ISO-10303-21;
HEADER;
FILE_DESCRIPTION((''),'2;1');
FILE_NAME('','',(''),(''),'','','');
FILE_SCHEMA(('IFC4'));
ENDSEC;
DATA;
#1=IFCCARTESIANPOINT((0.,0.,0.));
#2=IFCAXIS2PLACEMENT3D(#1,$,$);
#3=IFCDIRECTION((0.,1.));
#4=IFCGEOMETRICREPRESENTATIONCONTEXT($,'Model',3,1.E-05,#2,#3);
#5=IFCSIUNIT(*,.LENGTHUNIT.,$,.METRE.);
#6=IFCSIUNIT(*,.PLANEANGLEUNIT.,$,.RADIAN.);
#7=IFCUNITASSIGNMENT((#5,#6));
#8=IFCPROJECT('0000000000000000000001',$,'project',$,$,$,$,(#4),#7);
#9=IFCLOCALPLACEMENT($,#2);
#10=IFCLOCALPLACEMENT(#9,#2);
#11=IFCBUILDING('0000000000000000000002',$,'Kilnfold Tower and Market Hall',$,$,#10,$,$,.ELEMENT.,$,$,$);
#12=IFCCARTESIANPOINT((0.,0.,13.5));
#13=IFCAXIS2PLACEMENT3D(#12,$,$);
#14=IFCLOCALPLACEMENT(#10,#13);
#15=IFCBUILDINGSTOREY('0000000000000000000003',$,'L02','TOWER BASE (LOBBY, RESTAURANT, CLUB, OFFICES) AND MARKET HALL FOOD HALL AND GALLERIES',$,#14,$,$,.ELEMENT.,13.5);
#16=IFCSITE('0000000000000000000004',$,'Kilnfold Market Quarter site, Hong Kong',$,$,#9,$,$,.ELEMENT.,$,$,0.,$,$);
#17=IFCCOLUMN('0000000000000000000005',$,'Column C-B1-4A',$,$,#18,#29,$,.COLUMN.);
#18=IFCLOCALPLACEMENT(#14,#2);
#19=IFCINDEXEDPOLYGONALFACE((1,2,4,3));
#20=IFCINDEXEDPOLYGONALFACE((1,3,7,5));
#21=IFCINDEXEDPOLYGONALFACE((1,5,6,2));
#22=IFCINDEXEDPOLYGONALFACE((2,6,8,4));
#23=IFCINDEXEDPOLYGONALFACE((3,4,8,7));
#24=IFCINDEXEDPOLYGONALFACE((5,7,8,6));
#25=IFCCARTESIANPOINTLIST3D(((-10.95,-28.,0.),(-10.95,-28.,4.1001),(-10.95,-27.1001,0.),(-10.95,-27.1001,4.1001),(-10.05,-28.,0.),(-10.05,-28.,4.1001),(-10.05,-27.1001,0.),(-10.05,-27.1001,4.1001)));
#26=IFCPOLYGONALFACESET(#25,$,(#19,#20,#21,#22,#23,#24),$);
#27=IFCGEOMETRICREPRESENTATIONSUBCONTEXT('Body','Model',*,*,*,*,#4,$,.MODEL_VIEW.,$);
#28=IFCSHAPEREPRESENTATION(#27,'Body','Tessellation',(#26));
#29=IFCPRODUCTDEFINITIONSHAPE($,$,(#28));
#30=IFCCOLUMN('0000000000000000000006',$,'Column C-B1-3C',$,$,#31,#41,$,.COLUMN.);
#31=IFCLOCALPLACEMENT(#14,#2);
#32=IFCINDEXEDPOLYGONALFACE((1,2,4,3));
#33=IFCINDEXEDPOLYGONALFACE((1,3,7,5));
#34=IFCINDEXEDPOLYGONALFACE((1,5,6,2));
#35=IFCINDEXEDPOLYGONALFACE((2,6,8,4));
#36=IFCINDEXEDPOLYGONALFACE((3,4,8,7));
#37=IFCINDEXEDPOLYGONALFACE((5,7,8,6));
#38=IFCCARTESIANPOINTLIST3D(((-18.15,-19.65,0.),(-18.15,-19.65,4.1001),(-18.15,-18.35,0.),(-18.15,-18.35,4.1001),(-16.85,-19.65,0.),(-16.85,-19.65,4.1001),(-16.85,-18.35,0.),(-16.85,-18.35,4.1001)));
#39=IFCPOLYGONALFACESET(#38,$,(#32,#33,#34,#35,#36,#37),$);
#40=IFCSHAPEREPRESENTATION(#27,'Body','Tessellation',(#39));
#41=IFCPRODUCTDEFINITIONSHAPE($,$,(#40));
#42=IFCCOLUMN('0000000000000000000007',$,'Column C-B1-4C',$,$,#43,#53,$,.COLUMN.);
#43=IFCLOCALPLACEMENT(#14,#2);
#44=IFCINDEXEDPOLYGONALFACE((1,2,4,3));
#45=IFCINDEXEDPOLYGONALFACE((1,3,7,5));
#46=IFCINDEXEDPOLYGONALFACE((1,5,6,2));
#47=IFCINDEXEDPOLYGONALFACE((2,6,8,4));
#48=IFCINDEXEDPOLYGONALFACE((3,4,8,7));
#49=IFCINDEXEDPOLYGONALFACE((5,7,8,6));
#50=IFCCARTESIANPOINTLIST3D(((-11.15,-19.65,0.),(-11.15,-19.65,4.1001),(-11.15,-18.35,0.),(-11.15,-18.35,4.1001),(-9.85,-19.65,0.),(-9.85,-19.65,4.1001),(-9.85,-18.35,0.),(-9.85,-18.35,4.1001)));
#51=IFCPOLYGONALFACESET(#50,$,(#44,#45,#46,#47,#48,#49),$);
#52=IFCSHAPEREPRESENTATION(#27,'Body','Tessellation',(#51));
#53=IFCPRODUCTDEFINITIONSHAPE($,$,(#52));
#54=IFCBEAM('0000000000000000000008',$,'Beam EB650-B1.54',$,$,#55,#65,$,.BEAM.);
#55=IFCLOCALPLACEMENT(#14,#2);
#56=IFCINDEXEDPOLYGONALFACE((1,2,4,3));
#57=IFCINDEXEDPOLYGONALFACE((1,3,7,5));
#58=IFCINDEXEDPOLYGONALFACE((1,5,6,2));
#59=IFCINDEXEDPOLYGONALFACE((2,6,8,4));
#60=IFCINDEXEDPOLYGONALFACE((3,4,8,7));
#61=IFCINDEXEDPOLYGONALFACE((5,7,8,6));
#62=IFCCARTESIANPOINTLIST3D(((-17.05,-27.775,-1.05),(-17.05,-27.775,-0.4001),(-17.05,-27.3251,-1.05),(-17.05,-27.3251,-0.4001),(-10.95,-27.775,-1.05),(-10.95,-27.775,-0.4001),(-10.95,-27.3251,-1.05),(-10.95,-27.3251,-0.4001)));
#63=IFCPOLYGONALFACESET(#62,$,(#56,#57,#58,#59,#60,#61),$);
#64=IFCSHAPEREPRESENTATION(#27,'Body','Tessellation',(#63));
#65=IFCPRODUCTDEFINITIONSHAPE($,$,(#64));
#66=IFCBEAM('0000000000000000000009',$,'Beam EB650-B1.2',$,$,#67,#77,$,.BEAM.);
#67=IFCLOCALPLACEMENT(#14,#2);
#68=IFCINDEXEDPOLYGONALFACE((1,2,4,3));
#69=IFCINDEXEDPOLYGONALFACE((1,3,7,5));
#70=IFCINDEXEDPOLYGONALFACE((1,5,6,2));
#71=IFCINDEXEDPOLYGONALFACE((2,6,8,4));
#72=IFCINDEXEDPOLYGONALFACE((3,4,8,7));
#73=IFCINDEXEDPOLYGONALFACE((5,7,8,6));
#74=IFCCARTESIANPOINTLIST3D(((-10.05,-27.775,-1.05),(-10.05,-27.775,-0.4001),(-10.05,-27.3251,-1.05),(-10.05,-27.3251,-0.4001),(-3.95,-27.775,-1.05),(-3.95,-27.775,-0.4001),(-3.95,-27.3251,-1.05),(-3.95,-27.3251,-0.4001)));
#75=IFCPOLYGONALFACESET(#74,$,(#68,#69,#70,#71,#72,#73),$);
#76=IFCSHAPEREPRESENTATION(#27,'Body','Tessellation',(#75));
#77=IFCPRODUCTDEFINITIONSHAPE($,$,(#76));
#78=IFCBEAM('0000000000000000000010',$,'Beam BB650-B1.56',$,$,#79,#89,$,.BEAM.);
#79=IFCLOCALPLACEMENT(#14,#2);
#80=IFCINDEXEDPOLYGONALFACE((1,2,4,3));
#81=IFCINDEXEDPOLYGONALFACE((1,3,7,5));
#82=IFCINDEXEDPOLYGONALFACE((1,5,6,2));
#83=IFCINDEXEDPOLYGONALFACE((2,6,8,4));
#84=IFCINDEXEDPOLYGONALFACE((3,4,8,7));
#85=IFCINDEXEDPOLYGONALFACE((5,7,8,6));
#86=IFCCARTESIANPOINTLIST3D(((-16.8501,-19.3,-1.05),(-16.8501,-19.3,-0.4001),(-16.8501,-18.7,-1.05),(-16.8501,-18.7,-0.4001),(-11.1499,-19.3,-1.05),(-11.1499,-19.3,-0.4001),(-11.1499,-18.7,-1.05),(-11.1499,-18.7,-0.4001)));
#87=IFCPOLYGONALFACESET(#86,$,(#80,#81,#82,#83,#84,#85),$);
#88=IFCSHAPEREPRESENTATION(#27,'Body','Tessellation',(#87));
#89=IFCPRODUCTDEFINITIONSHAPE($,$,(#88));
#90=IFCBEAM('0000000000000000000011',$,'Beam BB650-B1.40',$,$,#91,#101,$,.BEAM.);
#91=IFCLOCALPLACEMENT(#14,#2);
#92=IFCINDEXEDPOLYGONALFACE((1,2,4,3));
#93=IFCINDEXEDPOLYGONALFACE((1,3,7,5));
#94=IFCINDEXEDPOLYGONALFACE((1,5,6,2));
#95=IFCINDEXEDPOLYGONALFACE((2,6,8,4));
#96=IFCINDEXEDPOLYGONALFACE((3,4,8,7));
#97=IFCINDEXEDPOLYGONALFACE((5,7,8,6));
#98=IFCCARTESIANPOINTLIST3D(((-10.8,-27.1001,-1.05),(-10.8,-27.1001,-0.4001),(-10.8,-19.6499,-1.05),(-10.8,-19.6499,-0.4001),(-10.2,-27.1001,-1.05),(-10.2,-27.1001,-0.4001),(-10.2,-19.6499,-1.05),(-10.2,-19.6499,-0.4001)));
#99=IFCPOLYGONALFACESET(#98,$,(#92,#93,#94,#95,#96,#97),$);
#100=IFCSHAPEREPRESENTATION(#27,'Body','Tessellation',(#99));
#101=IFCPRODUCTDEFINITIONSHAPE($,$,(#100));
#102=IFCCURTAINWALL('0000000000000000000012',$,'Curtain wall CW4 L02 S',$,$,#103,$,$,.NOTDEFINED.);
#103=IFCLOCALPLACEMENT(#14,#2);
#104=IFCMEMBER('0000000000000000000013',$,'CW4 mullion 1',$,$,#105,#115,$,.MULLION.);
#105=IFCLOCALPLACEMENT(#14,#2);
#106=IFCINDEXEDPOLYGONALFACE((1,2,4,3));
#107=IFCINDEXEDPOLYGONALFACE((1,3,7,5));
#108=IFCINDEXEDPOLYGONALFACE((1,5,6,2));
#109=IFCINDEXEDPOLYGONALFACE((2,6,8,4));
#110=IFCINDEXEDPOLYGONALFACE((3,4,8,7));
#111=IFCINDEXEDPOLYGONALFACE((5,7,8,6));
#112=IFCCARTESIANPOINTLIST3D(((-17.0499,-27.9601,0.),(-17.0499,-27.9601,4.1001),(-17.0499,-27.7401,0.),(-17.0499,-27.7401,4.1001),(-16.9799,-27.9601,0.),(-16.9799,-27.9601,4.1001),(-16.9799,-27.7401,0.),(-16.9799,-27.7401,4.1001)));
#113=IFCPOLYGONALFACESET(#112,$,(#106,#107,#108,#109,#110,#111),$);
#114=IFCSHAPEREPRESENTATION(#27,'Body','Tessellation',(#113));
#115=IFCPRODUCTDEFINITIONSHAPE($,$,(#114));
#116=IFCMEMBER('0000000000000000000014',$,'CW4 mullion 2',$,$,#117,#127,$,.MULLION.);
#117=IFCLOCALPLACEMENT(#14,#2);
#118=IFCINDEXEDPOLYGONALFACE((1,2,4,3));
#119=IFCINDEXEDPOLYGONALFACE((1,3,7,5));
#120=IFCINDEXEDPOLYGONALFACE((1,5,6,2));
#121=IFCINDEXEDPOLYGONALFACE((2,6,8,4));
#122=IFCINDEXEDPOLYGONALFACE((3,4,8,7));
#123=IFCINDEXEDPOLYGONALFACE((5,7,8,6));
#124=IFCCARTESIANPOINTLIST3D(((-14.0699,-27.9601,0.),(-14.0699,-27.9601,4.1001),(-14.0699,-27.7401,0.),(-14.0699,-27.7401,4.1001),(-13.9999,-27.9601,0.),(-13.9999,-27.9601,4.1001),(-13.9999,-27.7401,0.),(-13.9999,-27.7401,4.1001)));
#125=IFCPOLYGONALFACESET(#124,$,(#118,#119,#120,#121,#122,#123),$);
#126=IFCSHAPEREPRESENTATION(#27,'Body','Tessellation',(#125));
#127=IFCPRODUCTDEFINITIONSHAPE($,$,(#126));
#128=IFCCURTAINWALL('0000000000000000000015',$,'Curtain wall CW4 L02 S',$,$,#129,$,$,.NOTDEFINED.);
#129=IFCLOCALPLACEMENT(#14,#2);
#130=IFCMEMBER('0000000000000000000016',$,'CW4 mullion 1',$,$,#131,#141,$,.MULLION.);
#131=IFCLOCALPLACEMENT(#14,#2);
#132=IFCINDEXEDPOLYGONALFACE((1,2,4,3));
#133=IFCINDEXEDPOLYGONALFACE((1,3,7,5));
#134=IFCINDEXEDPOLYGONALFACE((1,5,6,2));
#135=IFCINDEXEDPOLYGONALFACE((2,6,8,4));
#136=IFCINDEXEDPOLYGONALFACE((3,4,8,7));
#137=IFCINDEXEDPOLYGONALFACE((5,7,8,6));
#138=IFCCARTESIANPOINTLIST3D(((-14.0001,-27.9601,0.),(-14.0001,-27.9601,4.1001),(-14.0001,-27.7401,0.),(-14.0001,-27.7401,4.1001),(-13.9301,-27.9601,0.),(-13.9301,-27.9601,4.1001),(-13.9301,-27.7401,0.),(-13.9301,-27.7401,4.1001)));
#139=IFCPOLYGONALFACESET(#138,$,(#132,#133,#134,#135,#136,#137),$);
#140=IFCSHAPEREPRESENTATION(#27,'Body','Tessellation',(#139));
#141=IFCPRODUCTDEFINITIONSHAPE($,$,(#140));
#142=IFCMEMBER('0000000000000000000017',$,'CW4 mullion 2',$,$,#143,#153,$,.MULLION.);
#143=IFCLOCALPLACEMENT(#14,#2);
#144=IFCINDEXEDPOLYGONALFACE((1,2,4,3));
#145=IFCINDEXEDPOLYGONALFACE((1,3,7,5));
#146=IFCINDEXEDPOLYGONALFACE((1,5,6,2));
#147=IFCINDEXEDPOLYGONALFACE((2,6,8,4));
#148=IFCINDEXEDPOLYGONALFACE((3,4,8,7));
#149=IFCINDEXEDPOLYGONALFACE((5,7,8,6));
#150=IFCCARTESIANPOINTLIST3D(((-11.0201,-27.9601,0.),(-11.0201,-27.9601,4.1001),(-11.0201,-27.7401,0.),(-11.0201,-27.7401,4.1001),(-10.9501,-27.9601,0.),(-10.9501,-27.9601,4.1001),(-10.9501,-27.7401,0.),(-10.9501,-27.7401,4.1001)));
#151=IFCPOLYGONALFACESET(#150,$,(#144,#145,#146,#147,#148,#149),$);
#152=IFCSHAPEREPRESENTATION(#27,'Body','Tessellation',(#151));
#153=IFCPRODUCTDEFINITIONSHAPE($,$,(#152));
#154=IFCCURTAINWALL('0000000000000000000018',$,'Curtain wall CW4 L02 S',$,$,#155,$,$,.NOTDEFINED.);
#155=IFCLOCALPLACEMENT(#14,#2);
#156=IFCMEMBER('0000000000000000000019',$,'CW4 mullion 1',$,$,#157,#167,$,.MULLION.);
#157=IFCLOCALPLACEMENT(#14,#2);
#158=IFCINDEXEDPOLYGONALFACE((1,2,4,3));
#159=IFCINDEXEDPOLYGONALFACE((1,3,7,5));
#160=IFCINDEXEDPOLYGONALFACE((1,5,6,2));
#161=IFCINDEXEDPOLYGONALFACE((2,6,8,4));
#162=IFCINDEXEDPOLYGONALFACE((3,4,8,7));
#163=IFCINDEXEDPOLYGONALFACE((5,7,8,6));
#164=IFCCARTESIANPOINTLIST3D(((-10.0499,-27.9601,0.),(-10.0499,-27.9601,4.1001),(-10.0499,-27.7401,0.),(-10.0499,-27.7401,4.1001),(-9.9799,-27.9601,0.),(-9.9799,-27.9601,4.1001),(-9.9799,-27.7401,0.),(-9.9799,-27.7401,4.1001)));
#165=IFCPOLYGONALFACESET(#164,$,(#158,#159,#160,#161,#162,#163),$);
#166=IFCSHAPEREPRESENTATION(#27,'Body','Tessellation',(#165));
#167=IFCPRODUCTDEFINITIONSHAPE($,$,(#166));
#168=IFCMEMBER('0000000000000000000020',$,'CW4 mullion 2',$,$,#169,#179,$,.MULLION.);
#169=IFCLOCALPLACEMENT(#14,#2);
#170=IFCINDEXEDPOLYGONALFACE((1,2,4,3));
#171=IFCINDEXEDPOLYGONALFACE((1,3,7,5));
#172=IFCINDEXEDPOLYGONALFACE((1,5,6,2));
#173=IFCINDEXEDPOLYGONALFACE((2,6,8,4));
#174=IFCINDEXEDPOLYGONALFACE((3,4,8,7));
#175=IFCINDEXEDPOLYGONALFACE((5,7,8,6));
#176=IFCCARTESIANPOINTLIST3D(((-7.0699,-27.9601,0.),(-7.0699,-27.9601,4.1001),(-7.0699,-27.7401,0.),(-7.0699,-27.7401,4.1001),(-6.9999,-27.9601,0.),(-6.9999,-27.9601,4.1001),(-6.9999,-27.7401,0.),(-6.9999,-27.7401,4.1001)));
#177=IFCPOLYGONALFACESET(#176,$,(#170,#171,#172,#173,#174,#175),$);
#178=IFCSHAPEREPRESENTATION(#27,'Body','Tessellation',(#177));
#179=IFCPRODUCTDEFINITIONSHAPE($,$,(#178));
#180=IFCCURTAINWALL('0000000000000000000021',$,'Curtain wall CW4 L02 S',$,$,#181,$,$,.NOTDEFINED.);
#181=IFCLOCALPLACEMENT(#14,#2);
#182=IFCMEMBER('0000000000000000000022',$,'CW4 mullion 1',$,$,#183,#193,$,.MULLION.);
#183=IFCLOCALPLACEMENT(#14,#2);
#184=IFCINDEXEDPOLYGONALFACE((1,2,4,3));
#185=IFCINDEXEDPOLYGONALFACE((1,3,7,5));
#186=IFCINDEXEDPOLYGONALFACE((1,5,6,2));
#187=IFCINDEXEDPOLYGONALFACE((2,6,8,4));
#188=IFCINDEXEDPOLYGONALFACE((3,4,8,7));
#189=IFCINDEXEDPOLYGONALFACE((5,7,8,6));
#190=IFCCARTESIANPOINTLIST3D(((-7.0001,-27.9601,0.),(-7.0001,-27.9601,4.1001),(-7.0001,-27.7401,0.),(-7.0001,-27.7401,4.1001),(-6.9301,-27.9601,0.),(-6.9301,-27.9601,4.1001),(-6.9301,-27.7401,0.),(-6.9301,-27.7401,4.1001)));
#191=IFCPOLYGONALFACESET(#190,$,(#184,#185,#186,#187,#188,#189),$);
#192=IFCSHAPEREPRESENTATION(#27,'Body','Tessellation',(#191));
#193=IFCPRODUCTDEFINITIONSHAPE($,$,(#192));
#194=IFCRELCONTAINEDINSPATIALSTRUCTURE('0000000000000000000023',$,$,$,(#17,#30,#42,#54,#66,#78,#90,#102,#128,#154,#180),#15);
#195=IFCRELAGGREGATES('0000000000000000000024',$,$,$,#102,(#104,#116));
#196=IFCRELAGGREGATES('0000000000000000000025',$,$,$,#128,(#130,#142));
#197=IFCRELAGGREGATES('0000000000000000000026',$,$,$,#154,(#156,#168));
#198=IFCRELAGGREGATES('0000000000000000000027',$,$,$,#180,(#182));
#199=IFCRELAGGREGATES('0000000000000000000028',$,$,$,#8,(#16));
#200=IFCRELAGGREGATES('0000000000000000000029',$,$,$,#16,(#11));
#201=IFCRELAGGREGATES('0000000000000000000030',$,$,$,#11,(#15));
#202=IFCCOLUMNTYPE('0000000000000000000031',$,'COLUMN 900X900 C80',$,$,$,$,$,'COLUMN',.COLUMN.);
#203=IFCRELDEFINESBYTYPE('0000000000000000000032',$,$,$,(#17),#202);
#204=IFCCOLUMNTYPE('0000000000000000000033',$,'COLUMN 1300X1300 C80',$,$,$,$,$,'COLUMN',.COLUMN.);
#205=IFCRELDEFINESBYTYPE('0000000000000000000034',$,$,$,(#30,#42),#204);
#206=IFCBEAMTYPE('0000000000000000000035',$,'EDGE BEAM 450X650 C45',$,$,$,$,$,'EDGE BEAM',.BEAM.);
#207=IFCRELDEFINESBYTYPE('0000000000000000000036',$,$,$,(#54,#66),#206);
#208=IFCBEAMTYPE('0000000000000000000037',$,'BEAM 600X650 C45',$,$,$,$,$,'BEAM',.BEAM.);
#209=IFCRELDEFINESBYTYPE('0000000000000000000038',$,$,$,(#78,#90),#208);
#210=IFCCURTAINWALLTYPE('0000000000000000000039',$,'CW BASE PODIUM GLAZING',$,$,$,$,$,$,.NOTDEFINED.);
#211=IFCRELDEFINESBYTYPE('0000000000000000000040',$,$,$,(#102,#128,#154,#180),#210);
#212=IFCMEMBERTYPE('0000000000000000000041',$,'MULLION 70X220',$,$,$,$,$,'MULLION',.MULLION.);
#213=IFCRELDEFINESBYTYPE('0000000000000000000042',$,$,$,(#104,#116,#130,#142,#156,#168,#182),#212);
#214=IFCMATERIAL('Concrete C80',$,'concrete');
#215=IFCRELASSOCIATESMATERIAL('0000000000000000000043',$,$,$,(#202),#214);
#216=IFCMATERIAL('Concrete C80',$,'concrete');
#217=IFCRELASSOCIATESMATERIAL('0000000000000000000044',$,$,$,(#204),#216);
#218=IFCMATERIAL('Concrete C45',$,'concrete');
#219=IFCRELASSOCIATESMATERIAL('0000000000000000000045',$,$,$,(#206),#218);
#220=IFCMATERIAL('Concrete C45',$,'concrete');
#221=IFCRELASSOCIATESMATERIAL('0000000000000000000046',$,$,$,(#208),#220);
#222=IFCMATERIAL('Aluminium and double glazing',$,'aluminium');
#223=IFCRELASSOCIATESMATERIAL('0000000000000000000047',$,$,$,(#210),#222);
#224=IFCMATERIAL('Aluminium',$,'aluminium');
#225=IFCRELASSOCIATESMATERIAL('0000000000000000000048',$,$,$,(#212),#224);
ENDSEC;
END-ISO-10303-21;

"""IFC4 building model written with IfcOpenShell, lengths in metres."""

from ifc_helpers import new_model, si_unit, direction, frame, origin, origin_2d, place, context, subcontext, project, spatial, rectangle, extrude, source, transform, mapped, material, material_profile, profile_set, type_object, element, aggregate, save


model = new_model("IFC4")

# Units and contexts
model_context = context("Model", 3, precision=1e-05, world=origin(), true_north=direction((0.0, 1.0)))
body_context = subcontext(model_context, "Body", "Model", "MODEL_VIEW")
ifc_project = project(units=[si_unit("LENGTHUNIT", "METRE"), si_unit("PLANEANGLEUNIT", "RADIAN")], contexts=[model_context])

# Site, building, storey
site_placement = place(None, origin())
site = spatial("IfcSite", under=ifc_project, at=site_placement, Name="Kilnfold Market Quarter site, Hong Kong", CompositionType="ELEMENT", RefElevation=0.0)
building_placement = place(site_placement, origin())
building = spatial("IfcBuilding", under=site, at=building_placement, Name="Kilnfold Tower and Market Hall", CompositionType="ELEMENT")
storey_placement = place(building_placement, frame((0.0, 0.0, 13.5)))
storey = spatial("IfcBuildingStorey", under=building, at=storey_placement, Name="L02", Description="TOWER BASE (LOBBY, RESTAURANT, CLUB, OFFICES) AND MARKET HALL FOOD HALL AND GALLERIES", CompositionType="ELEMENT", Elevation=13.5)

# Columns
ifc_material_1 = material(Name="Concrete C80", Category="concrete")
ifc_material_profile_1 = material_profile(ifc_material_1, rectangle(XDim=0.8999, YDim=0.8999, at=origin_2d()), Name="RC 900x900")
ifc_profile_set_1 = profile_set([ifc_material_profile_1], Name="Concrete C80")
column_type_1 = type_object("IfcColumnType", Name="COLUMN 900X900 C80", ElementType="COLUMN", PredefinedType="COLUMN", material=ifc_profile_set_1)
shared_shape_1 = source(origin(), body_context, "Body", "SweptSolid", [
    extrude(rectangle(XDim=0.8999, YDim=0.8999, at=origin_2d()), origin(), (0.0, 0.0, 1.0), 4.1001),
])
column_placement = place(storey_placement, frame((-10.5, -27.55, 0.0), z_axis=(0.0, 0.0, 1.0), x_axis=(1.0, 0.0, 0.0)))
element("IfcColumn", 1, at=column_placement, inside=storey, type_object=column_type_1, Name="Column C-B1-4A", PredefinedType="COLUMN", context=body_context, shape_type="MappedRepresentation", body=[
    mapped(shared_shape_1, transform((0.0, 0.0, 0.0))),
])
ifc_material_2 = material(Name="Concrete C80", Category="concrete")
ifc_material_profile_2 = material_profile(ifc_material_2, rectangle(XDim=1.3, YDim=1.3, at=origin_2d()), Name="RC 1300x1300")
ifc_profile_set_2 = profile_set([ifc_material_profile_2], Name="Concrete C80")
column_type_2 = type_object("IfcColumnType", Name="COLUMN 1300X1300 C80", ElementType="COLUMN", PredefinedType="COLUMN", material=ifc_profile_set_2)
shared_shape_2 = source(origin(), body_context, "Body", "SweptSolid", [
    extrude(rectangle(XDim=1.3, YDim=1.3, at=origin_2d()), origin(), (0.0, 0.0, 1.0), 4.1001),
])
for number, where, z_axis, x_axis, name in (
    (2, (-17.5, -19.0, 0.0), (0.0, 0.0, 1.0), (1.0, 0.0, 0.0), "Column C-B1-3C"),
    (3, (-10.5, -19.0, 0.0), (0.0, 0.0, 1.0), (1.0, 0.0, 0.0), "Column C-B1-4C"),
):
    element("IfcColumn", number, at=place(storey_placement, frame(where, z_axis=z_axis, x_axis=x_axis)), inside=storey, type_object=column_type_2, Name=name, PredefinedType="COLUMN", context=body_context, shape_type="MappedRepresentation", body=[
        mapped(shared_shape_2, transform((0.0, 0.0, 0.0))),
    ])

# Beams
ifc_material_3 = material(Name="Concrete C45", Category="concrete")
ifc_material_profile_3 = material_profile(ifc_material_3, rectangle(XDim=0.45, YDim=0.6499, at=origin_2d()), Name="RC 450x650")
ifc_profile_set_3 = profile_set([ifc_material_profile_3], Name="Concrete C45")
beam_type_1 = type_object("IfcBeamType", Name="EDGE BEAM 450X650 C45", ElementType="EDGE BEAM", PredefinedType="BEAM", material=ifc_profile_set_3)
shared_shape_3 = source(origin(), body_context, "Body", "SweptSolid", [
    extrude(rectangle(XDim=0.45, YDim=0.6499, at=origin_2d()), origin(), (0.0, 0.0, 1.0), 6.1001),
])
for number, where, z_axis, x_axis, name in (
    (4, (-17.05, -27.55, -0.7251), (1.0, 0.0, 0.0), (0.0, 1.0, 0.0), "Beam EB650-B1.54"),
    (5, (-10.05, -27.55, -0.7251), (1.0, 0.0, 0.0), (0.0, 1.0, 0.0), "Beam EB650-B1.2"),
):
    element("IfcBeam", number, at=place(storey_placement, frame(where, z_axis=z_axis, x_axis=x_axis)), inside=storey, type_object=beam_type_1, Name=name, PredefinedType="BEAM", context=body_context, shape_type="MappedRepresentation", body=[
        mapped(shared_shape_3, transform((0.0, 0.0, 0.0))),
    ])
ifc_material_4 = material(Name="Concrete C45", Category="concrete")
ifc_material_profile_4 = material_profile(ifc_material_4, rectangle(XDim=0.6001, YDim=0.6499, at=origin_2d()), Name="RC 600x650")
ifc_profile_set_4 = profile_set([ifc_material_profile_4], Name="Concrete C45")
beam_type_2 = type_object("IfcBeamType", Name="BEAM 600X650 C45", ElementType="BEAM", PredefinedType="BEAM", material=ifc_profile_set_4)
shared_shape_4 = source(origin(), body_context, "Body", "SweptSolid", [
    extrude(rectangle(XDim=0.6001, YDim=0.6499, at=origin_2d()), origin(), (0.0, 0.0, 1.0), 5.7002),
])
beam_1_placement = place(storey_placement, frame((-16.8501, -19.0, -0.7251), z_axis=(1.0, 0.0, 0.0), x_axis=(0.0, 1.0, 0.0)))
element("IfcBeam", 6, at=beam_1_placement, inside=storey, type_object=beam_type_2, Name="Beam BB650-B1.56", PredefinedType="BEAM", context=body_context, shape_type="MappedRepresentation", body=[
    mapped(shared_shape_4, transform((0.0, 0.0, 0.0))),
])
shared_shape_5 = source(origin(), body_context, "Body", "SweptSolid", [
    extrude(rectangle(XDim=0.6001, YDim=0.6499, at=origin_2d()), origin(), (0.0, 0.0, 1.0), 7.4502),
])
beam_2_placement = place(storey_placement, frame((-10.5, -27.1001, -0.7251), z_axis=(0.0, 1.0, 0.0), x_axis=(-1.0, 0.0, 0.0)))
element("IfcBeam", 7, at=beam_2_placement, inside=storey, type_object=beam_type_2, Name="Beam BB650-B1.40", PredefinedType="BEAM", context=body_context, shape_type="MappedRepresentation", body=[
    mapped(shared_shape_5, transform((0.0, 0.0, 0.0))),
])

# Curtain walls, members
ifc_material_5 = material(Name="Aluminium and double glazing", Category="aluminium")
curtain_wall_type = type_object("IfcCurtainWallType", Name="CW BASE PODIUM GLAZING", PredefinedType="NOTDEFINED", material=ifc_material_5)
curtain_wall_1_placement = place(storey_placement, origin())
curtain_wall_1 = element("IfcCurtainWall", 8, at=curtain_wall_1_placement, inside=storey, type_object=curtain_wall_type, Name="Curtain wall CW4 L02 S", PredefinedType="NOTDEFINED")
ifc_material_6 = material(Name="Aluminium", Category="aluminium")
ifc_material_profile_5 = material_profile(ifc_material_6, rectangle(XDim=0.0701, YDim=0.22, at=origin_2d()), Name="MULLION 70x220")
ifc_profile_set_5 = profile_set([ifc_material_profile_5], Name="Aluminium")
member_type_1 = type_object("IfcMemberType", Name="MULLION 70X220", ElementType="MULLION", PredefinedType="MULLION", material=ifc_profile_set_5)
shared_shape_6 = source(origin(), body_context, "Body", "SweptSolid", [
    extrude(rectangle(XDim=0.0701, YDim=0.22, at=origin_2d()), origin(), (0.0, 0.0, 1.0), 4.1001),
])
member_1_placement = place(storey_placement, frame((-17.0149, -27.8501, 0.0), z_axis=(0.0, 0.0, 1.0), x_axis=(1.0, 0.0, 0.0)))
member_1 = element("IfcMember", 9, at=member_1_placement, type_object=member_type_1, Name="CW4 mullion 1", PredefinedType="MULLION", context=body_context, shape_type="MappedRepresentation", body=[
    mapped(shared_shape_6, transform((0.0, 0.0, 0.0))),
])
member_2_placement = place(storey_placement, frame((-14.0349, -27.8501, 0.0), z_axis=(0.0, 0.0, 1.0), x_axis=(1.0, 0.0, 0.0)))
member_2 = element("IfcMember", 10, at=member_2_placement, type_object=member_type_1, Name="CW4 mullion 2", PredefinedType="MULLION", context=body_context, shape_type="MappedRepresentation", body=[
    mapped(shared_shape_6, transform((0.0, 0.0, 0.0))),
])
curtain_wall_2_placement = place(storey_placement, origin())
curtain_wall_2 = element("IfcCurtainWall", 11, at=curtain_wall_2_placement, inside=storey, type_object=curtain_wall_type, Name="Curtain wall CW4 L02 S", PredefinedType="NOTDEFINED")
member_3_placement = place(storey_placement, frame((-13.9651, -27.8501, 0.0), z_axis=(0.0, 0.0, 1.0), x_axis=(1.0, 0.0, 0.0)))
member_3 = element("IfcMember", 12, at=member_3_placement, type_object=member_type_1, Name="CW4 mullion 1", PredefinedType="MULLION", context=body_context, shape_type="MappedRepresentation", body=[
    mapped(shared_shape_6, transform((0.0, 0.0, 0.0))),
])
member_4_placement = place(storey_placement, frame((-10.9851, -27.8501, 0.0), z_axis=(0.0, 0.0, 1.0), x_axis=(1.0, 0.0, 0.0)))
member_4 = element("IfcMember", 13, at=member_4_placement, type_object=member_type_1, Name="CW4 mullion 2", PredefinedType="MULLION", context=body_context, shape_type="MappedRepresentation", body=[
    mapped(shared_shape_6, transform((0.0, 0.0, 0.0))),
])
curtain_wall_3_placement = place(storey_placement, origin())
curtain_wall_3 = element("IfcCurtainWall", 14, at=curtain_wall_3_placement, inside=storey, type_object=curtain_wall_type, Name="Curtain wall CW4 L02 S", PredefinedType="NOTDEFINED")
member_5_placement = place(storey_placement, frame((-10.0149, -27.8501, 0.0), z_axis=(0.0, 0.0, 1.0), x_axis=(1.0, 0.0, 0.0)))
member_5 = element("IfcMember", 15, at=member_5_placement, type_object=member_type_1, Name="CW4 mullion 1", PredefinedType="MULLION", context=body_context, shape_type="MappedRepresentation", body=[
    mapped(shared_shape_6, transform((0.0, 0.0, 0.0))),
])
member_6_placement = place(storey_placement, frame((-7.0349, -27.8501, 0.0), z_axis=(0.0, 0.0, 1.0), x_axis=(1.0, 0.0, 0.0)))
member_6 = element("IfcMember", 16, at=member_6_placement, type_object=member_type_1, Name="CW4 mullion 2", PredefinedType="MULLION", context=body_context, shape_type="MappedRepresentation", body=[
    mapped(shared_shape_6, transform((0.0, 0.0, 0.0))),
])

# Curtain wall, member
curtain_wall_4_placement = place(storey_placement, origin())
curtain_wall_4 = element("IfcCurtainWall", 17, at=curtain_wall_4_placement, inside=storey, type_object=curtain_wall_type, Name="Curtain wall CW4 L02 S", PredefinedType="NOTDEFINED")
member_7_placement = place(storey_placement, frame((-6.9651, -27.8501, 0.0), z_axis=(0.0, 0.0, 1.0), x_axis=(1.0, 0.0, 0.0)))
member_7 = element("IfcMember", 18, at=member_7_placement, type_object=member_type_1, Name="CW4 mullion 1", PredefinedType="MULLION", context=body_context, shape_type="MappedRepresentation", body=[
    mapped(shared_shape_6, transform((0.0, 0.0, 0.0))),
])

aggregate(curtain_wall_1, [member_1, member_2])
aggregate(curtain_wall_2, [member_3, member_4])
aggregate(curtain_wall_3, [member_5, member_6])
aggregate(curtain_wall_4, [member_7])

save(model, "model.ifc")
